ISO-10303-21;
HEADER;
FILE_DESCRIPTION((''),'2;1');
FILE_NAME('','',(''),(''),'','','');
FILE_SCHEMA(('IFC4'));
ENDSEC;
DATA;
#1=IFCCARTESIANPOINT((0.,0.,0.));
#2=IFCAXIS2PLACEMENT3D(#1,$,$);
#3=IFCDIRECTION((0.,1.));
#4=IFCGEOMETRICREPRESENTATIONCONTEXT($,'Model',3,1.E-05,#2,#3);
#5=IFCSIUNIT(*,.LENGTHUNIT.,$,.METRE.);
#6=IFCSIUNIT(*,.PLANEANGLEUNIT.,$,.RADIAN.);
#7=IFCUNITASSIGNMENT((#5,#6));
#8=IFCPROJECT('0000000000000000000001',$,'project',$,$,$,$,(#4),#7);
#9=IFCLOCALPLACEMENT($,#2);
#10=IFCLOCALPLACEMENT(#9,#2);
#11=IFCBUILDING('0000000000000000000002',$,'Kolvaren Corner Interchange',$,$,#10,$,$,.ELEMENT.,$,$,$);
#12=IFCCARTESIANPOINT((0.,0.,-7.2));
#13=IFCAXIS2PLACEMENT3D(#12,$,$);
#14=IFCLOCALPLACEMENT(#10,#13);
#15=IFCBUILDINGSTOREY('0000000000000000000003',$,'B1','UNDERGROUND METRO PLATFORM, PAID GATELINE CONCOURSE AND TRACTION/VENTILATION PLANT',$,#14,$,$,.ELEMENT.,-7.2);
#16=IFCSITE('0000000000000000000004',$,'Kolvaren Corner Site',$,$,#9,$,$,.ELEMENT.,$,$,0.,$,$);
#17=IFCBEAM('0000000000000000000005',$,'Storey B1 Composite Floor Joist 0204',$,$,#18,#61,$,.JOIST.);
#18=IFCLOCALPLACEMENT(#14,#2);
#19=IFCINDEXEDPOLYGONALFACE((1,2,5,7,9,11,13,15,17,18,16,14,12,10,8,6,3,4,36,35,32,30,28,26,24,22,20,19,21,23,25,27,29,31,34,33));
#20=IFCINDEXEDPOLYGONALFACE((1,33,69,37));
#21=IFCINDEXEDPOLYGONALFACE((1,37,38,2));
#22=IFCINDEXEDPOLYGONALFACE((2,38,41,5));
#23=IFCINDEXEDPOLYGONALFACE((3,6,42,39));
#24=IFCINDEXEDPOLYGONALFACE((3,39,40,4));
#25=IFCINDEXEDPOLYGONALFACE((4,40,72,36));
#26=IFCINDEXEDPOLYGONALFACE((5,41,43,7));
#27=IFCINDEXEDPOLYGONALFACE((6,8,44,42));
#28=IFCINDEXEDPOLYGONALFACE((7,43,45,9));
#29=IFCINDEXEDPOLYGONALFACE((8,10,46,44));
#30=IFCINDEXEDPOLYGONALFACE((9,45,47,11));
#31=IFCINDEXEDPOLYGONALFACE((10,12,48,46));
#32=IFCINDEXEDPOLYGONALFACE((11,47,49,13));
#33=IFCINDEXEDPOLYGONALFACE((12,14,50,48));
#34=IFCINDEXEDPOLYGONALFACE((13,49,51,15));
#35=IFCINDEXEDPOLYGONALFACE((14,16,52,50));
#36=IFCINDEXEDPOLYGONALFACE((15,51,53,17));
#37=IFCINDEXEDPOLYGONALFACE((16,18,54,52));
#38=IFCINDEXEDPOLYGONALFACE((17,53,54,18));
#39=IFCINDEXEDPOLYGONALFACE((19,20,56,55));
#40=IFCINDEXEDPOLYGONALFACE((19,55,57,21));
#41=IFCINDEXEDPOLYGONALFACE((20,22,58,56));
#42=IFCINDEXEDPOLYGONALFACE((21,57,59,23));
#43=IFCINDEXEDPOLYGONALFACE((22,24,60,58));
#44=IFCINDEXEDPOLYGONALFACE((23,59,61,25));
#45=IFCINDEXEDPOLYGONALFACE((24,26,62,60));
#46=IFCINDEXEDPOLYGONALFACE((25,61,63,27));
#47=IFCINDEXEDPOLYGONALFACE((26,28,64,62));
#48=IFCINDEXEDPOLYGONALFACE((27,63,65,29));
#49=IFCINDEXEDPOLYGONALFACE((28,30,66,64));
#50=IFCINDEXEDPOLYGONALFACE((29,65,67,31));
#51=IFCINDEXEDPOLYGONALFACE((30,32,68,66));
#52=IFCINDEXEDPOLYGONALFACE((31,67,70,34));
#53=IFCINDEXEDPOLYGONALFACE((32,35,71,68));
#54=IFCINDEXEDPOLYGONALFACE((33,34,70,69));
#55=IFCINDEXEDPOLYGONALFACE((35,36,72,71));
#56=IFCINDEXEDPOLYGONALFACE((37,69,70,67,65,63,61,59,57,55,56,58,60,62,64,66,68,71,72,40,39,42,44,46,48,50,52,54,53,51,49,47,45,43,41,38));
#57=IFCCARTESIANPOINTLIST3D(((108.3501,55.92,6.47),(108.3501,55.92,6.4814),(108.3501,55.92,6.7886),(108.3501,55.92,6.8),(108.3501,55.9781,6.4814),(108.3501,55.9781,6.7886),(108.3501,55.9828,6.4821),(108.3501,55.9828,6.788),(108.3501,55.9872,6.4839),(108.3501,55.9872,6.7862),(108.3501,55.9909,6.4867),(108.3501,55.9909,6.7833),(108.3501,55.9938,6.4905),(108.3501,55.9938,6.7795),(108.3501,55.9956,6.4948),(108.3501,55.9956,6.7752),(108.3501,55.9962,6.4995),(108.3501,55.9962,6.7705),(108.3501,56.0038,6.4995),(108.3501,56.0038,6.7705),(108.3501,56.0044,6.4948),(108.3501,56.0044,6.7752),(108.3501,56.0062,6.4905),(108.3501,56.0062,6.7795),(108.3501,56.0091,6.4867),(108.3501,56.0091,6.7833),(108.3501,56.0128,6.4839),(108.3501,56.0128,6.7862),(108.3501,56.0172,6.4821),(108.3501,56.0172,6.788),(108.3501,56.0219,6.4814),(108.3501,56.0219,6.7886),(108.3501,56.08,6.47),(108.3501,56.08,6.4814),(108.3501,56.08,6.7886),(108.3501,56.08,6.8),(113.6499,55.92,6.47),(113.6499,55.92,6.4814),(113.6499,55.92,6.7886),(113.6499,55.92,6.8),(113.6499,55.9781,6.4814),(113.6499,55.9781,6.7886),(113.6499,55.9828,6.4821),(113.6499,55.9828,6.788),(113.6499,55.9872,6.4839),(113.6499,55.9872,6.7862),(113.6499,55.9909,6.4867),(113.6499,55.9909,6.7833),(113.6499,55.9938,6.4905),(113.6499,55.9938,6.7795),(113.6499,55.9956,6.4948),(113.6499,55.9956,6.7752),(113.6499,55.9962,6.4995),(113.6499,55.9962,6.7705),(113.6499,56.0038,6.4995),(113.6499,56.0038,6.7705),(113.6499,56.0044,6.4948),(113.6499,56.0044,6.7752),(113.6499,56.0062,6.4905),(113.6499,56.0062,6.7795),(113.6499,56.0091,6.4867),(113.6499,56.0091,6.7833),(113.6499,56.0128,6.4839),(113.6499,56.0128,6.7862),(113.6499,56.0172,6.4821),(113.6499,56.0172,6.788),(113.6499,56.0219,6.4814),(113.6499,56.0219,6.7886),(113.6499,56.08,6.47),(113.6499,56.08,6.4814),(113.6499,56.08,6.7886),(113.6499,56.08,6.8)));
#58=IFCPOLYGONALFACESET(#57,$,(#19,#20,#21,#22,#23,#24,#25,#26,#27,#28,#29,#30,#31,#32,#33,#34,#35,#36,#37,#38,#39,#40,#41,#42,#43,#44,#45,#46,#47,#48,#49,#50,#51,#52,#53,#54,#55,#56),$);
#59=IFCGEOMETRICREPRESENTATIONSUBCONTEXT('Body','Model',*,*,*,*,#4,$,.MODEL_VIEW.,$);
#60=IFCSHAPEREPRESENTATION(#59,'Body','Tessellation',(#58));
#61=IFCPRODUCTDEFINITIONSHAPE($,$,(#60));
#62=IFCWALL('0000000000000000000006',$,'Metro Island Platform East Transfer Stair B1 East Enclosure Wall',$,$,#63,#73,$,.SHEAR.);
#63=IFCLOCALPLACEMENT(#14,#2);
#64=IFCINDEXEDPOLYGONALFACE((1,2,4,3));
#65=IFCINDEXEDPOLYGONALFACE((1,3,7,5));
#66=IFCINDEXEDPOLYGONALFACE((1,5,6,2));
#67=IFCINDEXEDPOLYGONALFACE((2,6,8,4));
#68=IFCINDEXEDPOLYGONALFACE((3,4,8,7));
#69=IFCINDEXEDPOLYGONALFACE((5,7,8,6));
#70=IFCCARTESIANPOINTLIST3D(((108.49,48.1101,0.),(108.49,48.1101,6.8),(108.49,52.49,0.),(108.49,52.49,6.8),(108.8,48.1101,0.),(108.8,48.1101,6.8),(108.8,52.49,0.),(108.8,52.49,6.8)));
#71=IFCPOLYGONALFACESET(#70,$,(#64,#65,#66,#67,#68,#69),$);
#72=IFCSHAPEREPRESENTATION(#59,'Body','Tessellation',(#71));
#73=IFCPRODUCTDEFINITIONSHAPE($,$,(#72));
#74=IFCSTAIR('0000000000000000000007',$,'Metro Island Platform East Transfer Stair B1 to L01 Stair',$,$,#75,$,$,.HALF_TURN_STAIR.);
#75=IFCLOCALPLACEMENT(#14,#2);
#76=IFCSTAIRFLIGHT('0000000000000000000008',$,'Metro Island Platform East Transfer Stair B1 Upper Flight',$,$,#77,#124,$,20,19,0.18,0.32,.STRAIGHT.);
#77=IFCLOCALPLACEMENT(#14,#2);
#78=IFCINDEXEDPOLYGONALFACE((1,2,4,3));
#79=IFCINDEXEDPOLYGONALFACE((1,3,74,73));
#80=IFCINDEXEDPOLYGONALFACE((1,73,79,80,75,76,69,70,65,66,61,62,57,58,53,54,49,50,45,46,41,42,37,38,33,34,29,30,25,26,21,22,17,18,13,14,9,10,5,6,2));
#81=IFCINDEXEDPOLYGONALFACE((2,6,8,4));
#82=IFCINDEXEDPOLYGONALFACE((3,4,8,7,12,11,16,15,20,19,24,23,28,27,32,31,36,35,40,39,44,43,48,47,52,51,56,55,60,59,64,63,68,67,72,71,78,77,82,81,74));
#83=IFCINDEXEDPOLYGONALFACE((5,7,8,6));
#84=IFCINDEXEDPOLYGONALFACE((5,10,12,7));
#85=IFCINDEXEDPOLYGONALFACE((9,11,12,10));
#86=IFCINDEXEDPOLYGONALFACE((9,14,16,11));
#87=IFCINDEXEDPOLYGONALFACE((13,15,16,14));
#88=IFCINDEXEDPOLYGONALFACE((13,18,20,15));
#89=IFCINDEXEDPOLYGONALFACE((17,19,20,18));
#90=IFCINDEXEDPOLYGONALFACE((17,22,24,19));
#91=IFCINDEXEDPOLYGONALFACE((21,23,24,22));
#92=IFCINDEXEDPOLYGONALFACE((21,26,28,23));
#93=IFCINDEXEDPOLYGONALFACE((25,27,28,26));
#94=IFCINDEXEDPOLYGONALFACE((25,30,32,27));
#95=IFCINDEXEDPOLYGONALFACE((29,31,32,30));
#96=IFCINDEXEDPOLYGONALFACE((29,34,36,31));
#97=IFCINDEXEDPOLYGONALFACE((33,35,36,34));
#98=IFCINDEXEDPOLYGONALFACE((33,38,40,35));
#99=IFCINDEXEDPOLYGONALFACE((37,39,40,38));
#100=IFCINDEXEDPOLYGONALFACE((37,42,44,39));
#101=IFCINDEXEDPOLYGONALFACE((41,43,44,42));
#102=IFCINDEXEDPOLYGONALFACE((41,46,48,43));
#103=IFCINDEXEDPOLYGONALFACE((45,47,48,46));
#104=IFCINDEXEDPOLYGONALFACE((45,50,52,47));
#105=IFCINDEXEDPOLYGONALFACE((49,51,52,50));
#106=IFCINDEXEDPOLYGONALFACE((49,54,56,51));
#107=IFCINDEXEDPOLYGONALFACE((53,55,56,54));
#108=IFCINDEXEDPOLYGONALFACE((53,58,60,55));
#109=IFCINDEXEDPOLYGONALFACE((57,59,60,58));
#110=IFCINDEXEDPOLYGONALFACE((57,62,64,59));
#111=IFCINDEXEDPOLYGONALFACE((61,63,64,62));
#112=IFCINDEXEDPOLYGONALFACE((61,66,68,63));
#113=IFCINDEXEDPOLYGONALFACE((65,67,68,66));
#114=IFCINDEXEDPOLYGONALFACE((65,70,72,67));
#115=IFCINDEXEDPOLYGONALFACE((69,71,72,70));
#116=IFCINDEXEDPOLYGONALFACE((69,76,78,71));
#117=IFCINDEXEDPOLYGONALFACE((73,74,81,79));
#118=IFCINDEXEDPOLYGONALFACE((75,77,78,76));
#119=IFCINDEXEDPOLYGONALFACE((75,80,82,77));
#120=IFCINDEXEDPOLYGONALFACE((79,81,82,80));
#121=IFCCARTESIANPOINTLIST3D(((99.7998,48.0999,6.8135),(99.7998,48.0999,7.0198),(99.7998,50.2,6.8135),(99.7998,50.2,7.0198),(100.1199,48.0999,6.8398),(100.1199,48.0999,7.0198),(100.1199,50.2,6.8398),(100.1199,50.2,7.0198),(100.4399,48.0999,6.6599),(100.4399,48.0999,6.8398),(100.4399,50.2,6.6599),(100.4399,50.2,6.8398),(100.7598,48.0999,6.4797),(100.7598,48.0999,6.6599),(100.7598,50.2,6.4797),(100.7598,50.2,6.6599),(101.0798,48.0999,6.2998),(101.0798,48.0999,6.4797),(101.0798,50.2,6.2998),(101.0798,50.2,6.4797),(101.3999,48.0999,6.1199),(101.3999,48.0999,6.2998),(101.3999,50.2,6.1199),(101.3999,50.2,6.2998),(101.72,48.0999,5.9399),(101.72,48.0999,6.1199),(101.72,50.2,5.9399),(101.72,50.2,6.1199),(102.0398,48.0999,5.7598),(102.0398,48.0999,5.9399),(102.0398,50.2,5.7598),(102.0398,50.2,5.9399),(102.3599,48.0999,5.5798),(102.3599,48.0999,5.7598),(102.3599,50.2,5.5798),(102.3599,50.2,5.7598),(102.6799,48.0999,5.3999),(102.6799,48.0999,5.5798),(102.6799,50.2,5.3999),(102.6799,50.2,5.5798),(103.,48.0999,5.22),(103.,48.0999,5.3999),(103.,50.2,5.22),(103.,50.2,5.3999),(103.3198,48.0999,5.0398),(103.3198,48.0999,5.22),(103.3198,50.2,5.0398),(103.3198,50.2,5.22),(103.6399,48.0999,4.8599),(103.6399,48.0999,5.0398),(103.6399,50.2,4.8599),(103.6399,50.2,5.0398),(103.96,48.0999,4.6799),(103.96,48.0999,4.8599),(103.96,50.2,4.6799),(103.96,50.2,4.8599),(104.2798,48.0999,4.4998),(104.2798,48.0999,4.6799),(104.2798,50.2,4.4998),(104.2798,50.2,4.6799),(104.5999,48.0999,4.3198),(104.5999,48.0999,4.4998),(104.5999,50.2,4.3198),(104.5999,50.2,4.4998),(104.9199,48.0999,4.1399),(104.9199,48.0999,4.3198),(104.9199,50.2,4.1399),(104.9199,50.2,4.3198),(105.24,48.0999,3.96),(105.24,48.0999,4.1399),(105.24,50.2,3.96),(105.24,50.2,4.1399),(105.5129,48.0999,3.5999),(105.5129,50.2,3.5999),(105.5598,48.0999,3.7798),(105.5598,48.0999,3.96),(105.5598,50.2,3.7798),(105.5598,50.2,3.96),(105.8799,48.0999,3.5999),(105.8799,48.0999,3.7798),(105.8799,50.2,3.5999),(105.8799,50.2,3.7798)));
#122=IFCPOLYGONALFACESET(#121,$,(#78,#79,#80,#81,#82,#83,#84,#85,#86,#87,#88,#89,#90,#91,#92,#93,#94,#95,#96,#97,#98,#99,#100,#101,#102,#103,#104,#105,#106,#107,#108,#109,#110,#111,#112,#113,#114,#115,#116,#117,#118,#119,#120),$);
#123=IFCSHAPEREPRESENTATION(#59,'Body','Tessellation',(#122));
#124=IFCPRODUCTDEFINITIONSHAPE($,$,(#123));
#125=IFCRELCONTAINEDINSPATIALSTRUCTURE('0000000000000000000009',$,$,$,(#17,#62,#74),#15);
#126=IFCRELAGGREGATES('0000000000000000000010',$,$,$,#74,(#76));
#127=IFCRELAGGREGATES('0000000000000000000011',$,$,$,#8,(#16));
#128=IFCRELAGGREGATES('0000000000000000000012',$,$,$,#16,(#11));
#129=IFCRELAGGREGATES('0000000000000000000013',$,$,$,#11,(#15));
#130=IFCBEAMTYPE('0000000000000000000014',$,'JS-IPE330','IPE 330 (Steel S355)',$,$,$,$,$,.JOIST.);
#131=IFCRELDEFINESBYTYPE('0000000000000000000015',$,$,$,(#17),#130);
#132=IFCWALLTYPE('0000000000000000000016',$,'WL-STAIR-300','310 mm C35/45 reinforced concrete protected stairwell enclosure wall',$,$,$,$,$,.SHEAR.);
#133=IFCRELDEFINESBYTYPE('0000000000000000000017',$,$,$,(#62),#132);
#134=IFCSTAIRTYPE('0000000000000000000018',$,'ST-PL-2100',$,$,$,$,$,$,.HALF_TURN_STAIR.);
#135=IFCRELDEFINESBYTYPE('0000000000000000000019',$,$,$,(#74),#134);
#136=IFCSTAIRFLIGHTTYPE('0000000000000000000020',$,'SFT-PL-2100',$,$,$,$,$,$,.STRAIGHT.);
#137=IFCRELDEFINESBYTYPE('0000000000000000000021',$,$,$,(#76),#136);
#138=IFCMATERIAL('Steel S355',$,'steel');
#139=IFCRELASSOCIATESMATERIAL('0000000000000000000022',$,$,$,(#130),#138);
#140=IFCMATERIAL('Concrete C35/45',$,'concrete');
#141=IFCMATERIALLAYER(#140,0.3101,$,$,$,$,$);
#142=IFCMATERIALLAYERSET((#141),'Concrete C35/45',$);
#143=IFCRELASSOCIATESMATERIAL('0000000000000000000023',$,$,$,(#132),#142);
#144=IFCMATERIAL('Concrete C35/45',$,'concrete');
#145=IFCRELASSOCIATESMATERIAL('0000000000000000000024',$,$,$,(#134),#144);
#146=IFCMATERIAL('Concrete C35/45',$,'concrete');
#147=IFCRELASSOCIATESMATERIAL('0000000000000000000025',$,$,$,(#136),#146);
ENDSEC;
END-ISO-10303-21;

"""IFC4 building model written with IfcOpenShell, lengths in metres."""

from ifc_helpers import new_model, si_unit, direction, frame, frame_2d, origin, origin_2d, place, context, subcontext, project, spatial, polyline, rectangle, i_section, outline, extrude, material, layer, layer_set, material_profile, profile_set, type_object, element, aggregate, save


model = new_model("IFC4")

# Units and contexts
model_context = context("Model", 3, precision=1e-05, world=origin(), true_north=direction((0.0, 1.0)))
body_context = subcontext(model_context, "Body", "Model", "MODEL_VIEW")
ifc_project = project(units=[si_unit("LENGTHUNIT", "METRE"), si_unit("PLANEANGLEUNIT", "RADIAN")], contexts=[model_context])

# Site, building, storey
site_placement = place(None, origin())
site = spatial("IfcSite", under=ifc_project, at=site_placement, Name="Kolvaren Corner Site", CompositionType="ELEMENT", RefElevation=0.0)
building_placement = place(site_placement, origin())
building = spatial("IfcBuilding", under=site, at=building_placement, Name="Kolvaren Corner Interchange", CompositionType="ELEMENT")
storey_placement = place(building_placement, frame((0.0, 0.0, -7.2)))
storey = spatial("IfcBuildingStorey", under=building, at=storey_placement, Name="B1", Description="UNDERGROUND METRO PLATFORM, PAID GATELINE CONCOURSE AND TRACTION/VENTILATION PLANT", CompositionType="ELEMENT", Elevation=-7.2)

# Beam
ifc_material_1 = material(Name="Steel S355", Category="steel")
ifc_material_profile_1 = material_profile(ifc_material_1, i_section(OverallWidth=0.1599, OverallDepth=0.3301, WebThickness=0.0076, FlangeThickness=0.0115, FilletRadius=0.0181, at=origin_2d()), Name="IPE 330")
ifc_profile_set_1 = profile_set([ifc_material_profile_1], Name="Steel S355")
beam_type_1 = type_object("IfcBeamType", Name="JS-IPE330", Description="IPE 330 (Steel S355)", PredefinedType="JOIST", material=ifc_profile_set_1)
for number, where, z_axis, x_axis, name in (
    (1, (108.3501, 56.0, 6.635), (1.0, 0.0, 0.0), (0.0, 1.0, 0.0), "Storey B1 Composite Floor Joist 0204"),
):
    element("IfcBeam", number, at=place(storey_placement, frame(where, z_axis=z_axis, x_axis=x_axis)), inside=storey, type_object=beam_type_1, Name=name, PredefinedType="JOIST", context=body_context, shape_type="SweptSolid", body=[
        extrude(i_section(OverallWidth=0.1599, OverallDepth=0.3301, WebThickness=0.0076, FlangeThickness=0.0115, FilletRadius=0.0181, at=origin_2d()), origin(), (0.0, 0.0, 1.0), 5.2998),
    ])

# Wall
ifc_material_2 = material(Name="Concrete C35/45", Category="concrete")
ifc_layer = layer(ifc_material_2, 0.3101)
ifc_layer_set = layer_set([ifc_layer], Name="Concrete C35/45")
wall_type = type_object("IfcWallType", Name="WL-STAIR-300", Description="310 mm C35/45 reinforced concrete protected stairwell enclosure wall", PredefinedType="SHEAR", material=ifc_layer_set)
wall_placement = place(storey_placement, frame((108.645, 48.1101, 0.0), z_axis=(0.0, 0.0, 1.0), x_axis=(0.0, 1.0, 0.0)))
element("IfcWall", 2, at=wall_placement, inside=storey, type_object=wall_type, Name="Metro Island Platform East Transfer Stair B1 East Enclosure Wall", PredefinedType="SHEAR", context=body_context, shape_type="SweptSolid", body=[
    extrude(rectangle(XDim=4.3799, YDim=0.3101, at=frame_2d((2.1899, 0.0))), origin(), (0.0, 0.0, 1.0), 6.8),
])

# Stair, stair flight
ifc_material_3 = material(Name="Concrete C35/45", Category="concrete")
stair_type = type_object("IfcStairType", Name="ST-PL-2100", PredefinedType="HALF_TURN_STAIR", material=ifc_material_3)
stair_placement = place(storey_placement, origin())
stair = element("IfcStair", 3, at=stair_placement, inside=storey, type_object=stair_type, Name="Metro Island Platform East Transfer Stair B1 to L01 Stair", PredefinedType="HALF_TURN_STAIR")
ifc_material_4 = material(Name="Concrete C35/45", Category="concrete")
stair_flight_type = type_object("IfcStairFlightType", Name="SFT-PL-2100", PredefinedType="STRAIGHT", material=ifc_material_4)
stair_flight_placement = place(storey_placement, frame((105.8799, 49.1499, 3.5999), z_axis=(0.0, 0.0, 1.0), x_axis=(-1.0, 0.0, 0.0)))
stair_flight = element("IfcStairFlight", 4, at=stair_flight_placement, type_object=stair_flight_type, Name="Metro Island Platform East Transfer Stair B1 Upper Flight", NumberOfRisers=20, NumberOfTreads=19, PredefinedType="STRAIGHT", RiserHeight=0.18, TreadLength=0.32, context=body_context, shape_type="SweptSolid", body=[
    extrude(outline(polyline([(0.0, 0.0), (0.0, 0.1799), (0.3201, 0.1799), (0.3201, 0.3601), (0.6399, 0.3601), (0.6399, 0.54), (0.96, 0.54), (0.96, 0.72), (1.28, 0.72), (1.28, 0.8999), (1.6001, 0.8999), (1.6001, 1.0801), (1.9199, 1.0801), (1.9199, 1.26), (2.24, 1.26), (2.24, 1.4399), (2.5601, 1.4399), (2.5601, 1.6201), (2.8799, 1.6201), (2.8799, 1.8), (3.2, 1.8), (3.2, 1.98), (3.52, 1.98), (3.52, 2.1599), (3.8401, 2.1599), (3.8401, 2.3401), (4.1599, 2.3401), (4.1599, 2.52), (4.48, 2.52), (4.48, 2.7), (4.8, 2.7), (4.8, 2.8799), (5.1201, 2.8799), (5.1201, 3.0601), (5.4399, 3.0601), (5.4399, 3.24), (5.76, 3.24), (5.76, 3.4199), (6.0801, 3.4199), (6.0801, 3.6001), (6.0801, 3.2136), (0.3669, 0.0), (0.0, 0.0)])), frame((0.0, 1.05, 0.0), z_axis=(0.0, -1.0, 0.0), x_axis=(1.0, 0.0, 0.0)), (0.0, 0.0, 1.0), 2.1001),
])
aggregate(stair, [stair_flight])

save(model, "model.ifc")
